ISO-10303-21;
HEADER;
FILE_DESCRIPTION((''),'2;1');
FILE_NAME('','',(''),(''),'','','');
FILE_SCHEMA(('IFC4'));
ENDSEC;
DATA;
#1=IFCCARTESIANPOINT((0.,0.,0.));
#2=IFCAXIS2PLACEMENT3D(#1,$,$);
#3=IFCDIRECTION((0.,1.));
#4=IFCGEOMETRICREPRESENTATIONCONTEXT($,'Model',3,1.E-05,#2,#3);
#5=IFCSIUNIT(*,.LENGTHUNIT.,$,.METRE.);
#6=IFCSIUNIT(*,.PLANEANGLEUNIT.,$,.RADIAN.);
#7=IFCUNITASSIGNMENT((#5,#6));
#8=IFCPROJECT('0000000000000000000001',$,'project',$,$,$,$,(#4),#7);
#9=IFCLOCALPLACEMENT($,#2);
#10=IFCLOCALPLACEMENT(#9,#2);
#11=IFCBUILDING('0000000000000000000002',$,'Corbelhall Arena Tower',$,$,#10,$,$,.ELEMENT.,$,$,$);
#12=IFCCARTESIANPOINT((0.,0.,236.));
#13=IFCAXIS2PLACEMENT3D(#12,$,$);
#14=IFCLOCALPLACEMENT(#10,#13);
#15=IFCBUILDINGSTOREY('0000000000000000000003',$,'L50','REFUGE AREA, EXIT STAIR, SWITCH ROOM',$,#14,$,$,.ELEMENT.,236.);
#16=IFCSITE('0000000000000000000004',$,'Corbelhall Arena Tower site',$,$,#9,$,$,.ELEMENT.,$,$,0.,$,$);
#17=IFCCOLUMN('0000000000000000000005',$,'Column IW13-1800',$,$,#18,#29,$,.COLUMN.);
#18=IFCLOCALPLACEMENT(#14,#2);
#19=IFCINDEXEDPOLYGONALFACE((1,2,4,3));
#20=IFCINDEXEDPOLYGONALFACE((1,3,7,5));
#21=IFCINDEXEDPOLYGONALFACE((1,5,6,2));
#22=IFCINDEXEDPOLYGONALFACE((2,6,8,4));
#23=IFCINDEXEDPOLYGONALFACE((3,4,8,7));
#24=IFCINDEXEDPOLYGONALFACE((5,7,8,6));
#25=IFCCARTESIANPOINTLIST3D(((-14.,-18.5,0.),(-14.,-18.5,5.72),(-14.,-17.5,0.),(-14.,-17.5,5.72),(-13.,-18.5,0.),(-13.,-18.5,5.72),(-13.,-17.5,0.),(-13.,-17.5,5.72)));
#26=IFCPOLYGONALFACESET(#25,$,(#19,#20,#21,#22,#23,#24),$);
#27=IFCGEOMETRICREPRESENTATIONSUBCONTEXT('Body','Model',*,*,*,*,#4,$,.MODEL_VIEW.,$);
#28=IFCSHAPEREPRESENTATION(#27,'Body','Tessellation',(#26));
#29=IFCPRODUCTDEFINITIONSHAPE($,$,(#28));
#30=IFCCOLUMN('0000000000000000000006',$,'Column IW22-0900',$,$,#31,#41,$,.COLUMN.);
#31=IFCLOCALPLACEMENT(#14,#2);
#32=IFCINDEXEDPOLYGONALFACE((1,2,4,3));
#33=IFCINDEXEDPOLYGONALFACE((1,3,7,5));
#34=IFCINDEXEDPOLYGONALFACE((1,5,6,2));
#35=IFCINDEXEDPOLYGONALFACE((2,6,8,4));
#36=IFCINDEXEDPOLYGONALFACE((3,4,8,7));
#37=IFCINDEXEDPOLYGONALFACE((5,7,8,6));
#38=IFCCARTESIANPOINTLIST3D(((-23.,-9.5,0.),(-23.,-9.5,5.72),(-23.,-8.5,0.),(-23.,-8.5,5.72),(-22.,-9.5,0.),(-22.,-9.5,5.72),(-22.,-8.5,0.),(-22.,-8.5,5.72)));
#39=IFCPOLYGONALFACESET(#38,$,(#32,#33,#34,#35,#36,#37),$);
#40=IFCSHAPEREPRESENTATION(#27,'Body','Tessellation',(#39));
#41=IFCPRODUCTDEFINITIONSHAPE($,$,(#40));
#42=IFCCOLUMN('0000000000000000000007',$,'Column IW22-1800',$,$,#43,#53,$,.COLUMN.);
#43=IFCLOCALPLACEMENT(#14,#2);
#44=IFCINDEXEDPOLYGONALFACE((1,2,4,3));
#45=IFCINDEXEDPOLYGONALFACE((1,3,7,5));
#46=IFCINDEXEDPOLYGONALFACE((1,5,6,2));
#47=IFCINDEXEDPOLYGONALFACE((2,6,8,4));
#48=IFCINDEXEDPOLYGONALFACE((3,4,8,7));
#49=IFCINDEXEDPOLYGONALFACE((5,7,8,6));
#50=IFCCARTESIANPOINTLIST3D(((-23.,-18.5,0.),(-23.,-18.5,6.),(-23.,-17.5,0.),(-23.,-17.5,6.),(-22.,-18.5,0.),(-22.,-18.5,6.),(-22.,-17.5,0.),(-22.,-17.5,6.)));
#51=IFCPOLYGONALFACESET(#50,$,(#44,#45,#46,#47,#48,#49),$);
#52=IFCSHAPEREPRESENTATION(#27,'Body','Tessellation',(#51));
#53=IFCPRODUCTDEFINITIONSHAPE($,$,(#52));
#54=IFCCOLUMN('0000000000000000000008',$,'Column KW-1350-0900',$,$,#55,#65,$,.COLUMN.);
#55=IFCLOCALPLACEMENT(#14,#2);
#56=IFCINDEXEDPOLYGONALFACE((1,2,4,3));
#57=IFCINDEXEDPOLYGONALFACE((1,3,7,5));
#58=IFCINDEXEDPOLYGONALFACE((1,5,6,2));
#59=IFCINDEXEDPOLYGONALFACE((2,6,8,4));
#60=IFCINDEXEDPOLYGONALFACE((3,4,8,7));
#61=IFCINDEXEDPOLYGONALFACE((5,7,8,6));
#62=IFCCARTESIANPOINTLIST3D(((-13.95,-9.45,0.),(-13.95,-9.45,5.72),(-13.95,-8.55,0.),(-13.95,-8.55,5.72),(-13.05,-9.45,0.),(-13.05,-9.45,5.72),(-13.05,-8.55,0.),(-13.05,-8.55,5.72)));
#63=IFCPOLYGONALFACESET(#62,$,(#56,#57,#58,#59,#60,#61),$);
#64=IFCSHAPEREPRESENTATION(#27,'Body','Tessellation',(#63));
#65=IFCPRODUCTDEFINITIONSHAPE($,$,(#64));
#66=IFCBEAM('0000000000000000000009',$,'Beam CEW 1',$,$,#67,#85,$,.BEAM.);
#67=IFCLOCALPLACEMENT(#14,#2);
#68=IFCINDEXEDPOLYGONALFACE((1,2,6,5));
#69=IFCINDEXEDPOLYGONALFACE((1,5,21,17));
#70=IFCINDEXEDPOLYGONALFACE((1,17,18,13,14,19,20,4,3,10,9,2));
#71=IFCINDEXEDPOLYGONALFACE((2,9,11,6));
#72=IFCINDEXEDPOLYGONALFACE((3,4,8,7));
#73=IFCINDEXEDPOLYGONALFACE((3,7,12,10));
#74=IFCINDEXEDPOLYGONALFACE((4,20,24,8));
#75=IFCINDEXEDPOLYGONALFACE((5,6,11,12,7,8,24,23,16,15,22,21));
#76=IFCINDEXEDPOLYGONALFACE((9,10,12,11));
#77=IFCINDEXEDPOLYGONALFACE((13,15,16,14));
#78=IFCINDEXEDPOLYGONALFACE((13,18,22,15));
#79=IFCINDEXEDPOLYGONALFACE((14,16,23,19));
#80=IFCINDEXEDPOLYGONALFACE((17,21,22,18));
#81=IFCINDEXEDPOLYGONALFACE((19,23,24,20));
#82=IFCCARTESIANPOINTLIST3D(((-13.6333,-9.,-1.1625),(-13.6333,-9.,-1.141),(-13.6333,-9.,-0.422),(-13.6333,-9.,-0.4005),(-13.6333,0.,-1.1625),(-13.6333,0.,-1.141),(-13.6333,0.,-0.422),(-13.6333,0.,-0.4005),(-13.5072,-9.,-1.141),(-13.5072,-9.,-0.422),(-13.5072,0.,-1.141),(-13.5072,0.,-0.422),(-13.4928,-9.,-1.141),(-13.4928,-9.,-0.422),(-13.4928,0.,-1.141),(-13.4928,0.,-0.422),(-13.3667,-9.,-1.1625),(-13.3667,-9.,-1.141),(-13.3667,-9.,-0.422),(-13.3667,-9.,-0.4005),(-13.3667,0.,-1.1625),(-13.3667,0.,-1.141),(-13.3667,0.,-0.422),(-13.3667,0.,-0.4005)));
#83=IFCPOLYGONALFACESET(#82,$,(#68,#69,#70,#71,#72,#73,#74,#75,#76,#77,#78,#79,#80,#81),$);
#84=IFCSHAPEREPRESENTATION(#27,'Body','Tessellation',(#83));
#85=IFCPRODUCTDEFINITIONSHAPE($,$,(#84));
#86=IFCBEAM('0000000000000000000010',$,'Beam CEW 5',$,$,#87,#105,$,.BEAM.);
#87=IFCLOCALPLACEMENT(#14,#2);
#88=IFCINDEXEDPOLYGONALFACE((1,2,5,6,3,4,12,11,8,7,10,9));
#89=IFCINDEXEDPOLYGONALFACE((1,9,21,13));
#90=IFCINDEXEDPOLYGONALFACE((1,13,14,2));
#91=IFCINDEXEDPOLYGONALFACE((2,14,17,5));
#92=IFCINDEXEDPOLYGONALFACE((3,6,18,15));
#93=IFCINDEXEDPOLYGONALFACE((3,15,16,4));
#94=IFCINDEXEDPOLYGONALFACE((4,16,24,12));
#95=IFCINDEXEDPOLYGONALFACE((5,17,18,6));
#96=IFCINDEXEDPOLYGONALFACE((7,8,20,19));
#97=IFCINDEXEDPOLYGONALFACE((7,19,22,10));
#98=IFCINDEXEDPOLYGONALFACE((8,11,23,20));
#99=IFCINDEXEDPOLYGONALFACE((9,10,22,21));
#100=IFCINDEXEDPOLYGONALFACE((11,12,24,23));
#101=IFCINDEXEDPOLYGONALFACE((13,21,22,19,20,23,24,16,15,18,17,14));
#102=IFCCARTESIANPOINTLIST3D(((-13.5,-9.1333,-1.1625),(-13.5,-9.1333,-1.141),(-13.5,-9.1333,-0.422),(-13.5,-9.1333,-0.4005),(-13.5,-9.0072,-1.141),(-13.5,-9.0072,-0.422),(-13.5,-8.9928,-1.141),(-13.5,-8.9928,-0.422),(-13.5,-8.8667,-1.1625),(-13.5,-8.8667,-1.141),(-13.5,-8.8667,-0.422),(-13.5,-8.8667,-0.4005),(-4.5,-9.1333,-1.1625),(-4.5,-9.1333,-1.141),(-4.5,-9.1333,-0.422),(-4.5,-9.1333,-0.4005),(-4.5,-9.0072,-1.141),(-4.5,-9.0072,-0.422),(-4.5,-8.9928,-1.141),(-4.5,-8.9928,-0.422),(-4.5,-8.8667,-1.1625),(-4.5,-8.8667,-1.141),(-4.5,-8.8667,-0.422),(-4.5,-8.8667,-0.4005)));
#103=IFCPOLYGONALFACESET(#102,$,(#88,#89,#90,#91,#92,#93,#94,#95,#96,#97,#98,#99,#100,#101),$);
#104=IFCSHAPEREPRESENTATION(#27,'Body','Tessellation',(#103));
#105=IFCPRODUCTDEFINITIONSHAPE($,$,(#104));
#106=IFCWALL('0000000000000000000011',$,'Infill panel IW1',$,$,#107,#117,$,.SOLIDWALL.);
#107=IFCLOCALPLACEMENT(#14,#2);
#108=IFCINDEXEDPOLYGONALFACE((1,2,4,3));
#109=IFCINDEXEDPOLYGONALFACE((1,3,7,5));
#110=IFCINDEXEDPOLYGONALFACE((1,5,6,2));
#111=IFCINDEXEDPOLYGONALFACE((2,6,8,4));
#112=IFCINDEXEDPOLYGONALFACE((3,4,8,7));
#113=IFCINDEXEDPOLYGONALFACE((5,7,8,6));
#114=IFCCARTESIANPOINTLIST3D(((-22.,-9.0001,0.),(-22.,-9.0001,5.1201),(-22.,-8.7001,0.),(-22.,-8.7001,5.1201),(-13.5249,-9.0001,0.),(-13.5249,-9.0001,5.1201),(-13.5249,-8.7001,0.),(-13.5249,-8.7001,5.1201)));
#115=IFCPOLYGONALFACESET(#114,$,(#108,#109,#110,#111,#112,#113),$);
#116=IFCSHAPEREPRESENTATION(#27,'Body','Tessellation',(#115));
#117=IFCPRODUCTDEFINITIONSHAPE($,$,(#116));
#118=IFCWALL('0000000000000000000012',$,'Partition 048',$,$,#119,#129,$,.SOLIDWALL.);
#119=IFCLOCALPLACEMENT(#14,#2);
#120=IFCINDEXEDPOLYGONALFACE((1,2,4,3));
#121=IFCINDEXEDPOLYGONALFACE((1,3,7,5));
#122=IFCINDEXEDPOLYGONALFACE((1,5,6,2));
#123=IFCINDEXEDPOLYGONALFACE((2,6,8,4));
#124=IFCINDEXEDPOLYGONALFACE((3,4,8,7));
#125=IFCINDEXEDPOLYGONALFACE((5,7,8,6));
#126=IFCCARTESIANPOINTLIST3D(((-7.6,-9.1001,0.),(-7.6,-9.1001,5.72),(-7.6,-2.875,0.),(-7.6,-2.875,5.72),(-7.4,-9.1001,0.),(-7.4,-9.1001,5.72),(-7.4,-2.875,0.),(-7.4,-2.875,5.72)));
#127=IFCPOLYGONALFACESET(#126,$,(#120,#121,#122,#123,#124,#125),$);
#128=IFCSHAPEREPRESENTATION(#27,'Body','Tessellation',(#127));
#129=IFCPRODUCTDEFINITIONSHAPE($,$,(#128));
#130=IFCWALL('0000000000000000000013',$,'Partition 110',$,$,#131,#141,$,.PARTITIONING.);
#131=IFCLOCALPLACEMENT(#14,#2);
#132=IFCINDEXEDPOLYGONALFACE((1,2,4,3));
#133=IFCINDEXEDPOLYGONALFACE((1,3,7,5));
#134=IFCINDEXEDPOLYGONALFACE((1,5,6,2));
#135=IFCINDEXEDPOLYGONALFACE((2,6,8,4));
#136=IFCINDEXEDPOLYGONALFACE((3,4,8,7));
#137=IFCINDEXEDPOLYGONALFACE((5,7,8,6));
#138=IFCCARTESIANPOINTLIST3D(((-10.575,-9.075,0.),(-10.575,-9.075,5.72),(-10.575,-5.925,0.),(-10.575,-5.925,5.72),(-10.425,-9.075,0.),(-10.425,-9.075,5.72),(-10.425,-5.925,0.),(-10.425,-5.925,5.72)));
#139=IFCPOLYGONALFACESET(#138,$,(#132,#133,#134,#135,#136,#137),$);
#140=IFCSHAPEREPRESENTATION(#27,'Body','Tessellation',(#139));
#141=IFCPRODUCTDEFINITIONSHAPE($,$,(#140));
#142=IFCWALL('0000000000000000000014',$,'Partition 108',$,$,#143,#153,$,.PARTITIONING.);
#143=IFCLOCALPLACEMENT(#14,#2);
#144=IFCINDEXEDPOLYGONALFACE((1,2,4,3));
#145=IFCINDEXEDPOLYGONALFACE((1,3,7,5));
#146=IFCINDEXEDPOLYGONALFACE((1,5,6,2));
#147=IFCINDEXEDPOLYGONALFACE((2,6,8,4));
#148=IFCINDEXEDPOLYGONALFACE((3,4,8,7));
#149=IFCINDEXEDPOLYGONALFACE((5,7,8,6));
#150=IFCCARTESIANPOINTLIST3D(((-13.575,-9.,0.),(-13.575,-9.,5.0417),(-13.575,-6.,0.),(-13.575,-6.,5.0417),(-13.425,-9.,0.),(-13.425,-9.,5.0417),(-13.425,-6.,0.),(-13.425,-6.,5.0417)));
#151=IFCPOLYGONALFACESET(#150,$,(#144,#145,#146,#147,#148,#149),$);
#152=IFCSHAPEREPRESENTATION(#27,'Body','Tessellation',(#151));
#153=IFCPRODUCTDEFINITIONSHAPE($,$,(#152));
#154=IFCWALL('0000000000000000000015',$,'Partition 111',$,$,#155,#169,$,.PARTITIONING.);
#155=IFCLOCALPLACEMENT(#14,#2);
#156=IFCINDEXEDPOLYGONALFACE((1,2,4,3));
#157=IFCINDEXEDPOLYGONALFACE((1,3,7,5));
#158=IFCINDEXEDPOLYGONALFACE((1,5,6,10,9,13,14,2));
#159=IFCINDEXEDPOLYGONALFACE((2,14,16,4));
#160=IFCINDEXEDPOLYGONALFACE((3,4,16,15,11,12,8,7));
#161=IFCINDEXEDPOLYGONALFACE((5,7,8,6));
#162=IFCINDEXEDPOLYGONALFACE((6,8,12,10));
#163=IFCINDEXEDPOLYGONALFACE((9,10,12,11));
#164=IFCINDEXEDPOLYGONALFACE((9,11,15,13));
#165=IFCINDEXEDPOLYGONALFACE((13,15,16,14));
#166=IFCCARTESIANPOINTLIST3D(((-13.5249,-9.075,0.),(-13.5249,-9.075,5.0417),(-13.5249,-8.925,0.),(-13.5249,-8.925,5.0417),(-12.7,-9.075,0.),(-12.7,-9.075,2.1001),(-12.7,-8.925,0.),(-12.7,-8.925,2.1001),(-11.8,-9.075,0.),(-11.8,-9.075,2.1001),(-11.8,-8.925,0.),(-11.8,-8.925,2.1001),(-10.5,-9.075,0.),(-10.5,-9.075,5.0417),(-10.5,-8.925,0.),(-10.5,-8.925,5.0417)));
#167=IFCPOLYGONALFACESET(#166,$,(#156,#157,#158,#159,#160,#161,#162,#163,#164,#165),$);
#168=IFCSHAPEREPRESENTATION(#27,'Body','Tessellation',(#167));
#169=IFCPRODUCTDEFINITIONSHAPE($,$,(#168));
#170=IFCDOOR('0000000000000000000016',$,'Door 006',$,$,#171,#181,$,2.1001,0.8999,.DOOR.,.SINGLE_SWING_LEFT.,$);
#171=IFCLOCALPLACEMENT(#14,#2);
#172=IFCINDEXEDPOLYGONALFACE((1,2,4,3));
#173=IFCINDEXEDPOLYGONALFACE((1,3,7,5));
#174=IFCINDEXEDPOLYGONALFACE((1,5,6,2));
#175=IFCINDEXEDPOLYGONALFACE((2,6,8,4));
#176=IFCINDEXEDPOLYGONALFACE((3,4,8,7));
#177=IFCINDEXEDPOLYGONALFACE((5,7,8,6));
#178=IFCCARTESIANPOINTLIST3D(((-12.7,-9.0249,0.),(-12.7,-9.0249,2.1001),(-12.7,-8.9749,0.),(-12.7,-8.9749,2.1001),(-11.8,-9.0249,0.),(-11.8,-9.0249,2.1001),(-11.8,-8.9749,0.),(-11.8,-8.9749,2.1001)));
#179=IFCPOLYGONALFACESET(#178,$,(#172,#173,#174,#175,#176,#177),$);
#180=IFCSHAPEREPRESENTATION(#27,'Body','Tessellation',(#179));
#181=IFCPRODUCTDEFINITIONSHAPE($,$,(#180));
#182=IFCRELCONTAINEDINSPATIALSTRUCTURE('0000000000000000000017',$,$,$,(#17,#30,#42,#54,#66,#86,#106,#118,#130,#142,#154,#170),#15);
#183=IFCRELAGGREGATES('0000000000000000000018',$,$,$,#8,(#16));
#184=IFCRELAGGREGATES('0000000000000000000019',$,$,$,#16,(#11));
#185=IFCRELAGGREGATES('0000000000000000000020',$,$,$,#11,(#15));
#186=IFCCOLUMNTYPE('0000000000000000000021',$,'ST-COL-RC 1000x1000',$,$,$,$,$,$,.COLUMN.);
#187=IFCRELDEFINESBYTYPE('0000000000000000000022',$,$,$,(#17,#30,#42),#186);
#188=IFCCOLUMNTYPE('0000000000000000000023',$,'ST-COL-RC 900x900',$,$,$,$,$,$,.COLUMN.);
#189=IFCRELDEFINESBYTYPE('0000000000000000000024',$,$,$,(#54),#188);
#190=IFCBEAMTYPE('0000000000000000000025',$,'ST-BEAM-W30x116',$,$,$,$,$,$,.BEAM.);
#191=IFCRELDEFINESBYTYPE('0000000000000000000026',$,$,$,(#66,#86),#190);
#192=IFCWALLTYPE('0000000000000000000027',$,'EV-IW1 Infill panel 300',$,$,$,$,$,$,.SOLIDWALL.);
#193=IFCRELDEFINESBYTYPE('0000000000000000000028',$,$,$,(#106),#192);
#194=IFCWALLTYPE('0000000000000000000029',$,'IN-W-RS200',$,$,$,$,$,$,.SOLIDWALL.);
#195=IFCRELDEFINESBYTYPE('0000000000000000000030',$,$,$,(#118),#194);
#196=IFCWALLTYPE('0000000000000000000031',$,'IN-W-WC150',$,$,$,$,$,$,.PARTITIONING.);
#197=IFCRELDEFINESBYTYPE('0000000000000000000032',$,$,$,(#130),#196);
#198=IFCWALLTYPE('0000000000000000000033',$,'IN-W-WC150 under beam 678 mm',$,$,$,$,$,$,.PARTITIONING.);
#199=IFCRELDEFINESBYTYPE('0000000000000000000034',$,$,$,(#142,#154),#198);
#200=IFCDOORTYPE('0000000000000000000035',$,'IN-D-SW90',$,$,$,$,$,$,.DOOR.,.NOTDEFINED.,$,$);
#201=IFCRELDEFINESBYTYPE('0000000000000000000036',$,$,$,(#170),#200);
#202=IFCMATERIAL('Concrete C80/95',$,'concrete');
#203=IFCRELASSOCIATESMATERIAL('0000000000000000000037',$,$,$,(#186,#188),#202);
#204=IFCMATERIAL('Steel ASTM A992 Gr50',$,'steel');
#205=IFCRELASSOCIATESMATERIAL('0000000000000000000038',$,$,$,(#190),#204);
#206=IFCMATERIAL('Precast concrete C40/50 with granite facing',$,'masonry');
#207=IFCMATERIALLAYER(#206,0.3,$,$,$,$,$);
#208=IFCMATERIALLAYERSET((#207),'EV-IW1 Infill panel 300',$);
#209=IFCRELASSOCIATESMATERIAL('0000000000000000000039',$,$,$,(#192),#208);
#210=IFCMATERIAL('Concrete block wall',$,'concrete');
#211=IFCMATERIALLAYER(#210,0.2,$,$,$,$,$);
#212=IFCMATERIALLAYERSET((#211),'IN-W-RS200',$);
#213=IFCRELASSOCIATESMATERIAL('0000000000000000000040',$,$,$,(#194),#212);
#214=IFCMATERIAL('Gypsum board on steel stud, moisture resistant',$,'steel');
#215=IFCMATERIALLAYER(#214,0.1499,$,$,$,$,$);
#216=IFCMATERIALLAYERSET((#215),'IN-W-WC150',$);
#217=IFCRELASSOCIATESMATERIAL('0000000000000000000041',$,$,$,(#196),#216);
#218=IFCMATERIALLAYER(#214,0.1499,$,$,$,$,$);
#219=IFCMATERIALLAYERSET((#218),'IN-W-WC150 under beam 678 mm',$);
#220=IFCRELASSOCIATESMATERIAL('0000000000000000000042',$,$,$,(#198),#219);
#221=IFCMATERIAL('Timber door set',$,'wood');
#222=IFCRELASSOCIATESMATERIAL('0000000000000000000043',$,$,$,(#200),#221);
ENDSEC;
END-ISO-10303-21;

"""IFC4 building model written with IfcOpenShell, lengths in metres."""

from ifc_helpers import new_model, si_unit, direction, frame, frame_2d, origin, origin_2d, place, context, subcontext, project, spatial, rectangle, i_section, extrude, material, layer, layer_set, material_profile, profile_set, type_object, element, fill, save


model = new_model("IFC4")

# Units and contexts
model_context = context("Model", 3, precision=1e-05, world=origin(), true_north=direction((0.0, 1.0)))
body_context = subcontext(model_context, "Body", "Model", "MODEL_VIEW")
ifc_project = project(units=[si_unit("LENGTHUNIT", "METRE"), si_unit("PLANEANGLEUNIT", "RADIAN")], contexts=[model_context])

# Site, building, storey
site_placement = place(None, origin())
site = spatial("IfcSite", under=ifc_project, at=site_placement, Name="Corbelhall Arena Tower site", CompositionType="ELEMENT", RefElevation=0.0)
building_placement = place(site_placement, origin())
building = spatial("IfcBuilding", under=site, at=building_placement, Name="Corbelhall Arena Tower", CompositionType="ELEMENT")
storey_placement = place(building_placement, frame((0.0, 0.0, 236.0)))
storey = spatial("IfcBuildingStorey", under=building, at=storey_placement, Name="L50", Description="REFUGE AREA, EXIT STAIR, SWITCH ROOM", CompositionType="ELEMENT", Elevation=236.0)

# Columns
ifc_material_1 = material(Name="Concrete C80/95", Category="concrete")
ifc_material_profile_1 = material_profile(ifc_material_1, rectangle(XDim=1.0, YDim=1.0, at=origin_2d()))
ifc_profile_set_1 = profile_set([ifc_material_profile_1], Name="Concrete C80/95")
column_type_1 = type_object("IfcColumnType", Name="ST-COL-RC 1000x1000", PredefinedType="COLUMN", material=ifc_profile_set_1)
for number, where, z_axis, x_axis, name in (
    (1, (-13.5, -18.0, 0.0), (0.0, 0.0, 1.0), (1.0, 0.0, 0.0), "Column IW13-1800"),
    (2, (-22.5, -9.0, 0.0), (0.0, 0.0, 1.0), (1.0, 0.0, 0.0), "Column IW22-0900"),
):
    element("IfcColumn", number, at=place(storey_placement, frame(where, z_axis=z_axis, x_axis=x_axis)), inside=storey, type_object=column_type_1, Name=name, PredefinedType="COLUMN", context=body_context, shape_type="SweptSolid", body=[
        extrude(rectangle(XDim=1.0, YDim=1.0, at=origin_2d()), origin(), (0.0, 0.0, 1.0), 5.72),
    ])
column_1_placement = place(storey_placement, frame((-22.5, -18.0, 0.0), z_axis=(0.0, 0.0, 1.0), x_axis=(1.0, 0.0, 0.0)))
element("IfcColumn", 3, at=column_1_placement, inside=storey, type_object=column_type_1, Name="Column IW22-1800", PredefinedType="COLUMN", context=body_context, shape_type="SweptSolid", body=[
    extrude(rectangle(XDim=1.0, YDim=1.0, at=origin_2d()), origin(), (0.0, 0.0, 1.0), 6.0),
])
ifc_material_profile_2 = material_profile(ifc_material_1, rectangle(XDim=0.8999, YDim=0.8999, at=origin_2d()))
ifc_profile_set_2 = profile_set([ifc_material_profile_2], Name="Concrete C80/95")
column_type_2 = type_object("IfcColumnType", Name="ST-COL-RC 900x900", PredefinedType="COLUMN", material=ifc_profile_set_2)
column_2_placement = place(storey_placement, frame((-13.5, -9.0, 0.0), z_axis=(0.0, 0.0, 1.0), x_axis=(1.0, 0.0, 0.0)))
element("IfcColumn", 4, at=column_2_placement, inside=storey, type_object=column_type_2, Name="Column KW-1350-0900", PredefinedType="COLUMN", context=body_context, shape_type="SweptSolid", body=[
    extrude(rectangle(XDim=0.8999, YDim=0.8999, at=origin_2d()), origin(), (0.0, 0.0, 1.0), 5.72),
])

# Beams
ifc_material_2 = material(Name="Steel ASTM A992 Gr50", Category="steel")
ifc_material_profile_3 = material_profile(ifc_material_2, i_section(OverallWidth=0.2666, OverallDepth=0.762, WebThickness=0.0144, FlangeThickness=0.0215, at=origin_2d()))
ifc_profile_set_3 = profile_set([ifc_material_profile_3], Name="Steel ASTM A992 Gr50")
beam_type = type_object("IfcBeamType", Name="ST-BEAM-W30x116", PredefinedType="BEAM", material=ifc_profile_set_3)
for number, where, z_axis, x_axis, name in (
    (5, (-13.5, -9.0, -0.7815), (0.0, 1.0, 0.0), (-1.0, 0.0, 0.0), "Beam CEW 1"),
    (6, (-13.5, -9.0, -0.7815), (1.0, 0.0, 0.0), (0.0, 1.0, 0.0), "Beam CEW 5"),
):
    element("IfcBeam", number, at=place(storey_placement, frame(where, z_axis=z_axis, x_axis=x_axis)), inside=storey, type_object=beam_type, Name=name, PredefinedType="BEAM", context=body_context, shape_type="SweptSolid", body=[
        extrude(i_section(OverallWidth=0.2666, OverallDepth=0.762, WebThickness=0.0144, FlangeThickness=0.0215, at=origin_2d()), origin(), (0.0, 0.0, 1.0), 9.0),
    ])

# Shared definitions
ifc_material_3 = material(Name="Precast concrete C40/50 with granite facing", Category="masonry")
ifc_layer_1 = layer(ifc_material_3, 0.3)
ifc_layer_set_1 = layer_set([ifc_layer_1], Name="EV-IW1 Infill panel 300")
wall_type_1 = type_object("IfcWallType", Name="EV-IW1 Infill panel 300", PredefinedType="SOLIDWALL", material=ifc_layer_set_1)

# Wall
wall_1_placement = place(storey_placement, frame((-22.0, -8.8501, 0.0), z_axis=(0.0, 0.0, 1.0), x_axis=(1.0, 0.0, 0.0)))
element("IfcWall", 7, at=wall_1_placement, inside=storey, type_object=wall_type_1, Name="Infill panel IW1", PredefinedType="SOLIDWALL", context=body_context, shape_type="SweptSolid", body=[
    extrude(rectangle(XDim=8.4751, YDim=0.3, at=frame_2d((4.2375, 0.0))), origin(), (0.0, 0.0, 1.0), 5.1201),
])

# Walls
ifc_material_4 = material(Name="Concrete block wall", Category="concrete")
ifc_layer_2 = layer(ifc_material_4, 0.2)
ifc_layer_set_2 = layer_set([ifc_layer_2], Name="IN-W-RS200")
wall_type_2 = type_object("IfcWallType", Name="IN-W-RS200", PredefinedType="SOLIDWALL", material=ifc_layer_set_2)
wall_2_placement = place(storey_placement, frame((-7.5, -9.1001, 0.0), z_axis=(0.0, 0.0, 1.0), x_axis=(0.0, 1.0, 0.0)))
element("IfcWall", 8, at=wall_2_placement, inside=storey, type_object=wall_type_2, Name="Partition 048", PredefinedType="SOLIDWALL", context=body_context, shape_type="SweptSolid", body=[
    extrude(rectangle(XDim=6.2251, YDim=0.2, at=frame_2d((3.1125, 0.0))), origin(), (0.0, 0.0, 1.0), 5.72),
])
ifc_material_5 = material(Name="Gypsum board on steel stud, moisture resistant", Category="steel")
ifc_layer_3 = layer(ifc_material_5, 0.1499)
ifc_layer_set_3 = layer_set([ifc_layer_3], Name="IN-W-WC150")
wall_type_3 = type_object("IfcWallType", Name="IN-W-WC150", PredefinedType="PARTITIONING", material=ifc_layer_set_3)
wall_3_placement = place(storey_placement, frame((-10.5, -9.075, 0.0), z_axis=(0.0, 0.0, 1.0), x_axis=(0.0, 1.0, 0.0)))
element("IfcWall", 9, at=wall_3_placement, inside=storey, type_object=wall_type_3, Name="Partition 110", PredefinedType="PARTITIONING", context=body_context, shape_type="SweptSolid", body=[
    extrude(rectangle(XDim=3.1499, YDim=0.1499, at=frame_2d((1.575, 0.0))), origin(), (0.0, 0.0, 1.0), 5.72),
])
ifc_layer_4 = layer(ifc_material_5, 0.1499)
ifc_layer_set_4 = layer_set([ifc_layer_4], Name="IN-W-WC150 under beam 678 mm")
wall_type_4 = type_object("IfcWallType", Name="IN-W-WC150 under beam 678 mm", PredefinedType="PARTITIONING", material=ifc_layer_set_4)
wall_4_placement = place(storey_placement, frame((-13.5, -9.0, 0.0), z_axis=(0.0, 0.0, 1.0), x_axis=(0.0, 1.0, 0.0)))
element("IfcWall", 10, at=wall_4_placement, inside=storey, type_object=wall_type_4, Name="Partition 108", PredefinedType="PARTITIONING", context=body_context, shape_type="SweptSolid", body=[
    extrude(rectangle(XDim=3.0, YDim=0.1499, at=frame_2d((1.5, 0.0))), origin(), (0.0, 0.0, 1.0), 5.0417),
])

# Wall, opening, door
wall_5_placement = place(storey_placement, frame((-10.5, -9.0, 0.0), z_axis=(0.0, 0.0, 1.0), x_axis=(-1.0, 0.0, 0.0)))
wall_5 = element("IfcWall", 11, at=wall_5_placement, inside=storey, type_object=wall_type_4, Name="Partition 111", PredefinedType="PARTITIONING", context=body_context, shape_type="SweptSolid", body=[
    extrude(rectangle(XDim=3.0249, YDim=0.1499, at=frame_2d((1.5125, 0.0))), origin(), (0.0, 0.0, 1.0), 5.0417),
])
opening_1_placement = place(wall_5_placement, frame((1.3, 0.0, 0.0)))
opening_1 = element("IfcOpeningElement", 12, at=opening_1_placement, cuts=wall_5, PredefinedType="OPENING", context=body_context, shape_type="SweptSolid", body=[
    extrude(rectangle(XDim=0.8999, YDim=2.1001, at=frame_2d((0.45, 1.05))), frame((0.0, 0.075, 0.0), z_axis=(0.0, -1.0, 0.0), x_axis=(1.0, 0.0, 0.0)), (0.0, 0.0, 1.0), 0.1499),
])
ifc_material_6 = material(Name="Timber door set", Category="wood")
door_type_1 = type_object("IfcDoorType", Name="IN-D-SW90", OperationType="NOTDEFINED", PredefinedType="DOOR", material=ifc_material_6)
door_1_placement = place(opening_1_placement, origin())
door_1 = element("IfcDoor", 13, at=door_1_placement, inside=storey, type_object=door_type_1, Name="Door 006", OperationType="SINGLE_SWING_LEFT", OverallHeight=2.1001, OverallWidth=0.8999, PredefinedType="DOOR", context=body_context, shape_type="SweptSolid", body=[
    extrude(rectangle(XDim=0.8999, YDim=2.1001, at=frame_2d((0.45, 1.05))), frame((0.0, 0.0249, 0.0), z_axis=(0.0, -1.0, 0.0), x_axis=(1.0, 0.0, 0.0)), (0.0, 0.0, 1.0), 0.05),
])
fill(opening_1, door_1)

save(model, "model.ifc")
